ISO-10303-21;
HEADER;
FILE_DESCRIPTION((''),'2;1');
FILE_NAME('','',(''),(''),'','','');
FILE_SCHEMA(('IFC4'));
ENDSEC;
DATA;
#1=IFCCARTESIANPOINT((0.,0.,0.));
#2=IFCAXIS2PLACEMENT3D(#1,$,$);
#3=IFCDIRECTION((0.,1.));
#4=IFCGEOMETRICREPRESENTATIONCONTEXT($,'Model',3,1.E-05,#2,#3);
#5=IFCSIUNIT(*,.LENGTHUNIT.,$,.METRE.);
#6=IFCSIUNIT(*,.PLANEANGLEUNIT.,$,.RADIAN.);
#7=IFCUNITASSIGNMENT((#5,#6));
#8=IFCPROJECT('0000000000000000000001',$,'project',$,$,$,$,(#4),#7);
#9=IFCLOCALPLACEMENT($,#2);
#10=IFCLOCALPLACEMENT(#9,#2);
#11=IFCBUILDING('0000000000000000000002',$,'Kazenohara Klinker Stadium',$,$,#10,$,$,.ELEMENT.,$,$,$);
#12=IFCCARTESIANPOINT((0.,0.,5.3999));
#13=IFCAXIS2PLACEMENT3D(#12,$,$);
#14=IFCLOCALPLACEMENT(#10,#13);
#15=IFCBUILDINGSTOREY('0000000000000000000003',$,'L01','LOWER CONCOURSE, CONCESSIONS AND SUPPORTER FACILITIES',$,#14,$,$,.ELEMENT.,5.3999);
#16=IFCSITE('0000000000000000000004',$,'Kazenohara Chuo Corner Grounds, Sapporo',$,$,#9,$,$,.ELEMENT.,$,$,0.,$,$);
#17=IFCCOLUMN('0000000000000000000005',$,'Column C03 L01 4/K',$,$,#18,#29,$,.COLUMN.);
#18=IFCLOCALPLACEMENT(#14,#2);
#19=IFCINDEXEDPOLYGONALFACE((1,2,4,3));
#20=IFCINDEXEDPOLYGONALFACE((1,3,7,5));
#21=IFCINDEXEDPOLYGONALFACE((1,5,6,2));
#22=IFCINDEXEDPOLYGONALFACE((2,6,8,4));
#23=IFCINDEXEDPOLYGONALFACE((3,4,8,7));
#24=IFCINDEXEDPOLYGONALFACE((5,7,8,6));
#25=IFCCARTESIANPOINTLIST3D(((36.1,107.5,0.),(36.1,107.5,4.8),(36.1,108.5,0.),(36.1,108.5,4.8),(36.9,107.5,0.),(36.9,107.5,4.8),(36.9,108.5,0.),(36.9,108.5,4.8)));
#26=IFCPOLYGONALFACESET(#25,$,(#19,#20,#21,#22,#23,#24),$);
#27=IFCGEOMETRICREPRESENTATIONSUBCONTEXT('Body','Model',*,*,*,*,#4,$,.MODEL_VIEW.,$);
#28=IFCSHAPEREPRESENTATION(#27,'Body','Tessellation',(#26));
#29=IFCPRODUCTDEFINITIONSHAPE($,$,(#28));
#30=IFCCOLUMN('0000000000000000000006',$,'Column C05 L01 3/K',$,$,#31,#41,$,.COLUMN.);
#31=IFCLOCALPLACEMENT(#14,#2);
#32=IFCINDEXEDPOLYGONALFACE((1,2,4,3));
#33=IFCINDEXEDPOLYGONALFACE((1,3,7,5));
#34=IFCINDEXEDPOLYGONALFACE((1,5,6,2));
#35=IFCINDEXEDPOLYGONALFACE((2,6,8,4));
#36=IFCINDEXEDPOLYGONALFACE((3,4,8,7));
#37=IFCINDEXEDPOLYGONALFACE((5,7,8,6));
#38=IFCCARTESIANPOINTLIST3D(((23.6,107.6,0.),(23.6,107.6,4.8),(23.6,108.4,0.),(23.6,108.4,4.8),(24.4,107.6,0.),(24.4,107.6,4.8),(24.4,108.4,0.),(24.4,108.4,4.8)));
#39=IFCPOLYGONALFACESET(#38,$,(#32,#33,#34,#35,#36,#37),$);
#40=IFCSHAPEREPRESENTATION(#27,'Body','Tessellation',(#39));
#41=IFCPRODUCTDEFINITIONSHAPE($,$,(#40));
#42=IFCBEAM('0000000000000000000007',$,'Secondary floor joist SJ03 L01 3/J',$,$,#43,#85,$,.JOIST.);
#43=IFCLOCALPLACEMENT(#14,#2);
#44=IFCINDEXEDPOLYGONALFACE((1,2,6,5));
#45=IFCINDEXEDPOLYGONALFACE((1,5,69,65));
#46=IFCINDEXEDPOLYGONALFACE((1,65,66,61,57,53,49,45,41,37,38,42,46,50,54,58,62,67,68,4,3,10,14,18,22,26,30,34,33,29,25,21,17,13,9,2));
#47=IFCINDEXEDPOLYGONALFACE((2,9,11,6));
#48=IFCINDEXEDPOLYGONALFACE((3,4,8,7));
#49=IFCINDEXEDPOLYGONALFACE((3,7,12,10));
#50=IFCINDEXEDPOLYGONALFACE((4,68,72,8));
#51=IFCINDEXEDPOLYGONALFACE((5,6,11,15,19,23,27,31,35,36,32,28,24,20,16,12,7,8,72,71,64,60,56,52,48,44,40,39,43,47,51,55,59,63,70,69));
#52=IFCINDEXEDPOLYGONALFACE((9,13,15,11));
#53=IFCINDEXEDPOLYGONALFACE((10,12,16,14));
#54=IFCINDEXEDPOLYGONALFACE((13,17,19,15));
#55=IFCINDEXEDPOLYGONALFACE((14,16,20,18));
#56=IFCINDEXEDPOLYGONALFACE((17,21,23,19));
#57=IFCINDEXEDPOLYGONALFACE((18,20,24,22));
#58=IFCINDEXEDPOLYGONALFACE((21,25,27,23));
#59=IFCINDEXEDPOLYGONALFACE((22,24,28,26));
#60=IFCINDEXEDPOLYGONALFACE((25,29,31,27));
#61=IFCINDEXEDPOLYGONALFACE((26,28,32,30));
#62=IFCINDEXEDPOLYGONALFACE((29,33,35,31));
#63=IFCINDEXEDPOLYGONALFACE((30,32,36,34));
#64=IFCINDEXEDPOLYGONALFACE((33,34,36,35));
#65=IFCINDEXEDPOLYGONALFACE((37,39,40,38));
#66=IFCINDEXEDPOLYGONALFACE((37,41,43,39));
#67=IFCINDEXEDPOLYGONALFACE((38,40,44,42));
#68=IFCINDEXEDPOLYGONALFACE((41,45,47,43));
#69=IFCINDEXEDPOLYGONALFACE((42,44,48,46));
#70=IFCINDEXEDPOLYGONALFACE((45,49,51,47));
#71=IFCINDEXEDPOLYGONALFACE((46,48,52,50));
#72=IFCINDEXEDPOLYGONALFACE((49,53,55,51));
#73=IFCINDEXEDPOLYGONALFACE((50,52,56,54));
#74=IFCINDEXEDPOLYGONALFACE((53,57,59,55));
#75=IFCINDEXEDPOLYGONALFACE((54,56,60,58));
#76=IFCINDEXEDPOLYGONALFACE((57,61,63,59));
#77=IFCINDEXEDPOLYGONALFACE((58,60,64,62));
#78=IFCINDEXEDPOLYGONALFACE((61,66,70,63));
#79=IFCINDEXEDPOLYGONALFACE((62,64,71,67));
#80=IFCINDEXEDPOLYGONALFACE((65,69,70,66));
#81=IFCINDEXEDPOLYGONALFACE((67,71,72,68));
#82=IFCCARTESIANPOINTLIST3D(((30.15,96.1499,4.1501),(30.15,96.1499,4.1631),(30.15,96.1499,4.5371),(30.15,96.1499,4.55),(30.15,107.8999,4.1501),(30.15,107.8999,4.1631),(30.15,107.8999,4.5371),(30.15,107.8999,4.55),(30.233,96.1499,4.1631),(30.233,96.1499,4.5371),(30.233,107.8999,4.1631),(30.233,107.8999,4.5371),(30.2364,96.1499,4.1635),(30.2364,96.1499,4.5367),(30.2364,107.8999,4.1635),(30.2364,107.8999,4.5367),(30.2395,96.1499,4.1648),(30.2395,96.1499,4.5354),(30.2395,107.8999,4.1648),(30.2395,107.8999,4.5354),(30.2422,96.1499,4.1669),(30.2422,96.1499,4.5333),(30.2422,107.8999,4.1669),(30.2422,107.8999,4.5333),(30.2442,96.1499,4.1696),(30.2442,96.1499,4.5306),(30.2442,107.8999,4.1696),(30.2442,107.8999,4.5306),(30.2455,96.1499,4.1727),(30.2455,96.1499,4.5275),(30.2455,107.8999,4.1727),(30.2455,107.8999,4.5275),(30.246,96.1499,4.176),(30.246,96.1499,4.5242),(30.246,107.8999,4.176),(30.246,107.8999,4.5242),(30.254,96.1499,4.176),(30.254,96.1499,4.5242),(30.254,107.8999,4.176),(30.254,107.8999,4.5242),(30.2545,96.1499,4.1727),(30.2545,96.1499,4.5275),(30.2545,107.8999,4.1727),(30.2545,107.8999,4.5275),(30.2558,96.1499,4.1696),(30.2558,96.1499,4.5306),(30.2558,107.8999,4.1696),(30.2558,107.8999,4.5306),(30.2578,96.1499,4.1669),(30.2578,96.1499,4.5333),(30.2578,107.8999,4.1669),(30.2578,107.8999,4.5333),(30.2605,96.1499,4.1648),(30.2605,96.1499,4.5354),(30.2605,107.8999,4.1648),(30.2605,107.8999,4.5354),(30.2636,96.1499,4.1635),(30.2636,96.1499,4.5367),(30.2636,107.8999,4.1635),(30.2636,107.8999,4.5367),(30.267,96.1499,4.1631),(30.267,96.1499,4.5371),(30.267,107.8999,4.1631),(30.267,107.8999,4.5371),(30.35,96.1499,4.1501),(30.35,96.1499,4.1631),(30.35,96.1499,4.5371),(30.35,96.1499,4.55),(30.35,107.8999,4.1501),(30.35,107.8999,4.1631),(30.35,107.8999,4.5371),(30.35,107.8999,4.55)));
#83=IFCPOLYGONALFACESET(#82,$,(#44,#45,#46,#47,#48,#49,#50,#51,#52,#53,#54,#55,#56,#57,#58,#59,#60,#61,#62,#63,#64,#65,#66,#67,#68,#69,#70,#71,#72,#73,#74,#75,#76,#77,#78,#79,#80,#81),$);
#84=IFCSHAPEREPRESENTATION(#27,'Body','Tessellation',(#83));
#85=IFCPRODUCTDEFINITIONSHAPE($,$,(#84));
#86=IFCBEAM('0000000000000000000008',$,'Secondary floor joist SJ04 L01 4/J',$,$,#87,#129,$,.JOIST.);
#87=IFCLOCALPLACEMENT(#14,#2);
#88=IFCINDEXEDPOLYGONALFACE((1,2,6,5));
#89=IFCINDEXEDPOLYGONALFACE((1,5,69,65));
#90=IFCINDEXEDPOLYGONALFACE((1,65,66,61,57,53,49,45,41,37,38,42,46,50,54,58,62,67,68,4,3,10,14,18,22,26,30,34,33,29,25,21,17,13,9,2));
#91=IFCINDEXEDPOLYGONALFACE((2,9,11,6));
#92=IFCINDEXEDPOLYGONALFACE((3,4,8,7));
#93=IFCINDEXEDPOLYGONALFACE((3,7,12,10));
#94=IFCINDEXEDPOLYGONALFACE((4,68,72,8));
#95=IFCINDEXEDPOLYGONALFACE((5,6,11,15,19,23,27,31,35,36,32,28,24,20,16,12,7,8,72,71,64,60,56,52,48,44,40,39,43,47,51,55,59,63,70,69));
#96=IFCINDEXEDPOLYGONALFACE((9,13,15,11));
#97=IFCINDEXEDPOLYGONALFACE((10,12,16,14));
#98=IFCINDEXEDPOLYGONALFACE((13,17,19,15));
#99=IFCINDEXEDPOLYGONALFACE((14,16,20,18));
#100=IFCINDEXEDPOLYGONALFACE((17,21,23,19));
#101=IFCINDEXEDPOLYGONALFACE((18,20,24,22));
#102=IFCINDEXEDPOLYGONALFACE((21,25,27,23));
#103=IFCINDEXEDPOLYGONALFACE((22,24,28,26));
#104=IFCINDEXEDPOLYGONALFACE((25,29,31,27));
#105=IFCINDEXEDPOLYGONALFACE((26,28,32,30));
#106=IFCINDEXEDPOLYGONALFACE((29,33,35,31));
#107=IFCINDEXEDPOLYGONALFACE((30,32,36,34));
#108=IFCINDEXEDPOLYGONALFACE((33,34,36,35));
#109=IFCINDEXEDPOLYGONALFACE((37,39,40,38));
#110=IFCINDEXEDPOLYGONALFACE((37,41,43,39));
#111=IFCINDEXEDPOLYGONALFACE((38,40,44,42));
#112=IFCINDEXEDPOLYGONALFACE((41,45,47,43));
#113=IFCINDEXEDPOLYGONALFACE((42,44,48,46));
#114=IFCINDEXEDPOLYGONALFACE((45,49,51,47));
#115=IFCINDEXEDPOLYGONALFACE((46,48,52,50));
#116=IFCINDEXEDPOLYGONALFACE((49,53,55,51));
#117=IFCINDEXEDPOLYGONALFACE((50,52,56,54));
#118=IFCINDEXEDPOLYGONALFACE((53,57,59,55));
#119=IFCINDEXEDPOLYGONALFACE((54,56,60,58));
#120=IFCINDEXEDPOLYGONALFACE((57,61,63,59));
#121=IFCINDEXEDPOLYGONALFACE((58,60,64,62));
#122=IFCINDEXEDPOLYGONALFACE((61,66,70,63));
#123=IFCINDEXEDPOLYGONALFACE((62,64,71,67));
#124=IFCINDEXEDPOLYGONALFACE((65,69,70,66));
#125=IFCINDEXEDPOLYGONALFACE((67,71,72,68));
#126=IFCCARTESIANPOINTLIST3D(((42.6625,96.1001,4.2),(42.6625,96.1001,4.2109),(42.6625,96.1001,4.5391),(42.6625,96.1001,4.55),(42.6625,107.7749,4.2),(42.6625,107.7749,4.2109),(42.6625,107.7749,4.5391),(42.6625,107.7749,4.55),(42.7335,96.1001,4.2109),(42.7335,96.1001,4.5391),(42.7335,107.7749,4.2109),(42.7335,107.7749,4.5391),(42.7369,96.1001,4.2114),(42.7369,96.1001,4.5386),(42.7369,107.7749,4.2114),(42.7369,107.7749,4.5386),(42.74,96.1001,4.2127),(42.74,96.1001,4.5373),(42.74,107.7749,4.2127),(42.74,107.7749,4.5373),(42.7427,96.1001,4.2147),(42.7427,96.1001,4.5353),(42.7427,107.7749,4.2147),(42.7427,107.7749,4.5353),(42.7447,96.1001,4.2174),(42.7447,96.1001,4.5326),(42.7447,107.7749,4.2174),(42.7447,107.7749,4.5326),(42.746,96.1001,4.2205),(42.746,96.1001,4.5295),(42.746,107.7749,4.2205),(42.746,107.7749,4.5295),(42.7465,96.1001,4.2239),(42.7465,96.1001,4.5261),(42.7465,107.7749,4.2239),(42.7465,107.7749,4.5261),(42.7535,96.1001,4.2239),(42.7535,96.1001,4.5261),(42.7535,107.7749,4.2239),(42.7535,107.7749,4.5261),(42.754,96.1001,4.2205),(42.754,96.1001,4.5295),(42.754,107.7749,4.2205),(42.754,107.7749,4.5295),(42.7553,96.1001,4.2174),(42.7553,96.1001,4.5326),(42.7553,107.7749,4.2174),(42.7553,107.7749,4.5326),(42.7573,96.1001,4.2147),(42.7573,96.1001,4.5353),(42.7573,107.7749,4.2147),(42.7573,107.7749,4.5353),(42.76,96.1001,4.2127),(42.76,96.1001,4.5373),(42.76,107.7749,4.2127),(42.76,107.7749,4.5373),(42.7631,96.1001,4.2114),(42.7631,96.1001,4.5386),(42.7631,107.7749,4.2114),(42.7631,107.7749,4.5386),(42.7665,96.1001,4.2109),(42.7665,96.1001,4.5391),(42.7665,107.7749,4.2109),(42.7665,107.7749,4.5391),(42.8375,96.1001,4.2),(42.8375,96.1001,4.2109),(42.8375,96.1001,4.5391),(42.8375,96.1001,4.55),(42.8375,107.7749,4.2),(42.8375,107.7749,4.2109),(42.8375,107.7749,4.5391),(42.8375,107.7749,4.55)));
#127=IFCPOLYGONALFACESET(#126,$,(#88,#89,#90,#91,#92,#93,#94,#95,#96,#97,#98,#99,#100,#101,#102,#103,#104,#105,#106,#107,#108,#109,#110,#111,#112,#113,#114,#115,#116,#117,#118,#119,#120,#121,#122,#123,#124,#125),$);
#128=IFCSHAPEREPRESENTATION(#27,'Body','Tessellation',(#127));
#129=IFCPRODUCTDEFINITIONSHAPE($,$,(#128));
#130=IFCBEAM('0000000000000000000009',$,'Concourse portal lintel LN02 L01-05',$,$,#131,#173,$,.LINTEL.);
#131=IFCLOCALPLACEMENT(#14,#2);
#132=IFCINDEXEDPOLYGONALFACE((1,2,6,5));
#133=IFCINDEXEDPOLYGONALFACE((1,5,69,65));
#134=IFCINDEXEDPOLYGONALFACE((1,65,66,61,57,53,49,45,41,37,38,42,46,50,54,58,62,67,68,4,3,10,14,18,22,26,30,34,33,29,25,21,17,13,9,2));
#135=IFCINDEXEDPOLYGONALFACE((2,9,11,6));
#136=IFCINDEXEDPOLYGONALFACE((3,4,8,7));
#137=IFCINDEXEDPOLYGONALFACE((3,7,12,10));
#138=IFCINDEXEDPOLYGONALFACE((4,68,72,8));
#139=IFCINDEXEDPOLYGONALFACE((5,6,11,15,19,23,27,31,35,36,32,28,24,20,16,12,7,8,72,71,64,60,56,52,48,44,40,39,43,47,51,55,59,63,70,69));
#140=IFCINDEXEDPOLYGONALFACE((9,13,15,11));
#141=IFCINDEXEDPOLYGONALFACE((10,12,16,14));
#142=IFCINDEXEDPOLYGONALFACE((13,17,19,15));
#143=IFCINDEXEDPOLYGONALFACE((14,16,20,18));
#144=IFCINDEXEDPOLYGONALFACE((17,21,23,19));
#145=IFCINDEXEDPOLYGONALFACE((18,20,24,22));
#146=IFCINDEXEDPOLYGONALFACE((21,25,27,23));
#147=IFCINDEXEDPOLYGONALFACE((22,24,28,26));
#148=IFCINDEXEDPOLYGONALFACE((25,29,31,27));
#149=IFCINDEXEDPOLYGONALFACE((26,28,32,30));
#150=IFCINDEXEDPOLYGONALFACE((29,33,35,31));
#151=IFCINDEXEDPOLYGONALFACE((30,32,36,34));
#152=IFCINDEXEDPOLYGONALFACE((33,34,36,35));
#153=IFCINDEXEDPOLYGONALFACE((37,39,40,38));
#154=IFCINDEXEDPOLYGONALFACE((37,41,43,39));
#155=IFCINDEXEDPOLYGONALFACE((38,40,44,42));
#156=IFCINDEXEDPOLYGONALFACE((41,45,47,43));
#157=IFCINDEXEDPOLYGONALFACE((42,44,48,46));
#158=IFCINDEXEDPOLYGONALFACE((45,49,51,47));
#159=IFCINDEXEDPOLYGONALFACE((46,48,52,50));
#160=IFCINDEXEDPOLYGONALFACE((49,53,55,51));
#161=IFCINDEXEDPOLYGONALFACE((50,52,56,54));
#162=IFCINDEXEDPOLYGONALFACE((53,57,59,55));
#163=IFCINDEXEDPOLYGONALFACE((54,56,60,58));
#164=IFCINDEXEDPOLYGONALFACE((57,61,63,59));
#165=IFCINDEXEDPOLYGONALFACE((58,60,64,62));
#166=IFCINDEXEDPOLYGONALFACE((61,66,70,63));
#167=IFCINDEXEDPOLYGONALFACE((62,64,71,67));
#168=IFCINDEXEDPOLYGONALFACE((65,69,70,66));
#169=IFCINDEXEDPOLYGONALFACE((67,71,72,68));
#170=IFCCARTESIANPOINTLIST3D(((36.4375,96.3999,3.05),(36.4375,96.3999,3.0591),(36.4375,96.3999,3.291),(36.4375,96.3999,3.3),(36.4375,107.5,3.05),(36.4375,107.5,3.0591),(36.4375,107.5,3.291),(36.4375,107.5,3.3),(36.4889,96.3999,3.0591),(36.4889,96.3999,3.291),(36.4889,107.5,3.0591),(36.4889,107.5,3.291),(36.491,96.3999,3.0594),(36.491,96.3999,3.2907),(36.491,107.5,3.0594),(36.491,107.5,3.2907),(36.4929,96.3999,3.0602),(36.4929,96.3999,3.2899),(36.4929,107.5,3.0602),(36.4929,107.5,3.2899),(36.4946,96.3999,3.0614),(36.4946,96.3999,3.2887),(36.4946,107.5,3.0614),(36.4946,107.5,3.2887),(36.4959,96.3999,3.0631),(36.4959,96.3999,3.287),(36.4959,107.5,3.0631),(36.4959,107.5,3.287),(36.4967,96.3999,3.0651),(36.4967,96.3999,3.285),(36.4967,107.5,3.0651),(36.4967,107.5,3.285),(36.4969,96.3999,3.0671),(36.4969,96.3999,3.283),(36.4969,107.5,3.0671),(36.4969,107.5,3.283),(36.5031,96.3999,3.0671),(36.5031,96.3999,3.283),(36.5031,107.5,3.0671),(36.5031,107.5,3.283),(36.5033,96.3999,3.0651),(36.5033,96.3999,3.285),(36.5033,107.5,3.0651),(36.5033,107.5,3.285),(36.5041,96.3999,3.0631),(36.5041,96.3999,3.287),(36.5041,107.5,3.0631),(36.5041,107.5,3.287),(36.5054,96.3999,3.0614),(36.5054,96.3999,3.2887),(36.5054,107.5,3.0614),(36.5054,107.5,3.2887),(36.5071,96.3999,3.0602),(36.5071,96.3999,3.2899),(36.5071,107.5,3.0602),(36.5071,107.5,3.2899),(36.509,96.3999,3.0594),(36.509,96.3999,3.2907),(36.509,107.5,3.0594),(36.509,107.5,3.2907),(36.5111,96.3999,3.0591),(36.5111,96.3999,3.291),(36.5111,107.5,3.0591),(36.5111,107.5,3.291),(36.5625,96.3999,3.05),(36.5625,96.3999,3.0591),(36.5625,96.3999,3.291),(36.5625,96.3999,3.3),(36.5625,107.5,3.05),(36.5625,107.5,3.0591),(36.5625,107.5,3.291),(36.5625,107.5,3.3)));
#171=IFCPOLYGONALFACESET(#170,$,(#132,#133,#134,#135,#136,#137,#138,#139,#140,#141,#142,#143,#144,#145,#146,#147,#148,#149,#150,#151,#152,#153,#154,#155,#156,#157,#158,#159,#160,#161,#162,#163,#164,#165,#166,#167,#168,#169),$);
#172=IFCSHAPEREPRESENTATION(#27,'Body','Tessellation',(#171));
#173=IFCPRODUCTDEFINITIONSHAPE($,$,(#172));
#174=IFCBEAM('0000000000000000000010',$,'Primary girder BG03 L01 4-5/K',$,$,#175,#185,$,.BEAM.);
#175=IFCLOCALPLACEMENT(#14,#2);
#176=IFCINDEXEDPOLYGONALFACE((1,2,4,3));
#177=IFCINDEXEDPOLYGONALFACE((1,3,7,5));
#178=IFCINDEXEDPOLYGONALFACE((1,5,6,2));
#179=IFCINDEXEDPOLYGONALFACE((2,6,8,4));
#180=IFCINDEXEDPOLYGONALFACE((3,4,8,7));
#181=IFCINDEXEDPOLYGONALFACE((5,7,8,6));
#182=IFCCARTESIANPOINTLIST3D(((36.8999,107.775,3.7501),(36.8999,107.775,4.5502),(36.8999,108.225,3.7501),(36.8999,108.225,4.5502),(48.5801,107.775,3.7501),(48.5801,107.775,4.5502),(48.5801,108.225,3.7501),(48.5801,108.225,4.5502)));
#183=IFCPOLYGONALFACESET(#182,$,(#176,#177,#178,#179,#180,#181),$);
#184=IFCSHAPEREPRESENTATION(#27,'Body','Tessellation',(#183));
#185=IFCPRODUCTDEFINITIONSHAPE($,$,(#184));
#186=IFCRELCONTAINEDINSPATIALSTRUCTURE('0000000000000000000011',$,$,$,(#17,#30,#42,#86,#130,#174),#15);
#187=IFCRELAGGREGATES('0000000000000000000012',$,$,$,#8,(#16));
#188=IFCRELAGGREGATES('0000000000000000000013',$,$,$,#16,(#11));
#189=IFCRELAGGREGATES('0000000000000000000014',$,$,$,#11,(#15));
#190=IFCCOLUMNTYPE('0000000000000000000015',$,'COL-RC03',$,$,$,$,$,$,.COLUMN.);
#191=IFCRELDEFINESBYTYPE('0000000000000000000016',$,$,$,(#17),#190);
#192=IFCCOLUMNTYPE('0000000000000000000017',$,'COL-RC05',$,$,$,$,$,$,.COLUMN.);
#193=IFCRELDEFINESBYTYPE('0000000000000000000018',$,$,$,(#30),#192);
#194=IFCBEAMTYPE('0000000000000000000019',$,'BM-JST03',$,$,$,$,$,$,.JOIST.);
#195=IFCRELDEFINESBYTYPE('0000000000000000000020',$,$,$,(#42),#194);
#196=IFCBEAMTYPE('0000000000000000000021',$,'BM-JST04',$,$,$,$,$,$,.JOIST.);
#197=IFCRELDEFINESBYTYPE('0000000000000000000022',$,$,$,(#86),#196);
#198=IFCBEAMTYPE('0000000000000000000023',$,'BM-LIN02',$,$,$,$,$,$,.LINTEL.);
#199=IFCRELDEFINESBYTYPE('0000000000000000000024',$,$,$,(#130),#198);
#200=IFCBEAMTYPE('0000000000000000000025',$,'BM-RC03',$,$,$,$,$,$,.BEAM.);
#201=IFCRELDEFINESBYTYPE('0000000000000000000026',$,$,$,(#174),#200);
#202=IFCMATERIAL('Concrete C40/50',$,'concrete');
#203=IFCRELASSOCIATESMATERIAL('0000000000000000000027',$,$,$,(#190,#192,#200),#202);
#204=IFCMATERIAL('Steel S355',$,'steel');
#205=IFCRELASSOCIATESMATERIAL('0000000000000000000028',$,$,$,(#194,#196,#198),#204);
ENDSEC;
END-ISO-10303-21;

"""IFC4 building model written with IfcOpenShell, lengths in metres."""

from ifc_helpers import new_model, si_unit, direction, frame, origin, origin_2d, place, context, subcontext, project, spatial, rectangle, i_section, extrude, material, material_profile, profile_set, type_object, element, save


model = new_model("IFC4")

# Units and contexts
model_context = context("Model", 3, precision=1e-05, world=origin(), true_north=direction((0.0, 1.0)))
body_context = subcontext(model_context, "Body", "Model", "MODEL_VIEW")
ifc_project = project(units=[si_unit("LENGTHUNIT", "METRE"), si_unit("PLANEANGLEUNIT", "RADIAN")], contexts=[model_context])

# Site, building, storey
site_placement = place(None, origin())
site = spatial("IfcSite", under=ifc_project, at=site_placement, Name="Kazenohara Chuo Corner Grounds, Sapporo", CompositionType="ELEMENT", RefElevation=0.0)
building_placement = place(site_placement, origin())
building = spatial("IfcBuilding", under=site, at=building_placement, Name="Kazenohara Klinker Stadium", CompositionType="ELEMENT")
storey_placement = place(building_placement, frame((0.0, 0.0, 5.3999)))
storey = spatial("IfcBuildingStorey", under=building, at=storey_placement, Name="L01", Description="LOWER CONCOURSE, CONCESSIONS AND SUPPORTER FACILITIES", CompositionType="ELEMENT", Elevation=5.3999)

# Columns
ifc_material_1 = material(Name="Concrete C40/50", Category="concrete")
ifc_material_profile_1 = material_profile(ifc_material_1, rectangle(XDim=0.8, YDim=1.0, at=origin_2d()), Name="RC-COL-1000x800")
ifc_profile_set_1 = profile_set([ifc_material_profile_1], Name="Concrete C40/50")
column_type_1 = type_object("IfcColumnType", Name="COL-RC03", PredefinedType="COLUMN", material=ifc_profile_set_1)
column_1_placement = place(storey_placement, frame((36.5, 108.0, 0.0), z_axis=(0.0, 0.0, 1.0), x_axis=(1.0, 0.0, 0.0)))
element("IfcColumn", 1, at=column_1_placement, inside=storey, type_object=column_type_1, Name="Column C03 L01 4/K", PredefinedType="COLUMN", context=body_context, shape_type="SweptSolid", body=[
    extrude(rectangle(XDim=0.8, YDim=1.0, at=origin_2d()), origin(), (0.0, 0.0, 1.0), 4.8),
])
ifc_material_profile_2 = material_profile(ifc_material_1, rectangle(XDim=0.8, YDim=0.8, at=origin_2d()), Name="RC-COL-800x800")
ifc_profile_set_2 = profile_set([ifc_material_profile_2], Name="Concrete C40/50")
column_type_2 = type_object("IfcColumnType", Name="COL-RC05", PredefinedType="COLUMN", material=ifc_profile_set_2)
column_2_placement = place(storey_placement, frame((24.0, 108.0, 0.0), z_axis=(0.0, 0.0, 1.0), x_axis=(1.0, 0.0, 0.0)))
element("IfcColumn", 2, at=column_2_placement, inside=storey, type_object=column_type_2, Name="Column C05 L01 3/K", PredefinedType="COLUMN", context=body_context, shape_type="SweptSolid", body=[
    extrude(rectangle(XDim=0.8, YDim=0.8, at=origin_2d()), origin(), (0.0, 0.0, 1.0), 4.8),
])

# Beams
ifc_material_2 = material(Name="Steel S355", Category="steel")
ifc_material_profile_3 = material_profile(ifc_material_2, i_section(OverallWidth=0.2, OverallDepth=0.3999, WebThickness=0.0081, FlangeThickness=0.0129, FilletRadius=0.0129, at=origin_2d()), Name="H-400x200x8x13")
ifc_profile_set_3 = profile_set([ifc_material_profile_3], Name="Steel S355")
beam_type_1 = type_object("IfcBeamType", Name="BM-JST03", PredefinedType="JOIST", material=ifc_profile_set_3)
beam_1_placement = place(storey_placement, frame((30.25, 96.1499, 4.3501), z_axis=(0.0, 1.0, 0.0), x_axis=(-1.0, 0.0, 0.0)))
element("IfcBeam", 3, at=beam_1_placement, inside=storey, type_object=beam_type_1, Name="Secondary floor joist SJ03 L01 3/J", PredefinedType="JOIST", context=body_context, shape_type="SweptSolid", body=[
    extrude(i_section(OverallWidth=0.2, OverallDepth=0.3999, WebThickness=0.0081, FlangeThickness=0.0129, FilletRadius=0.0129, at=origin_2d()), origin(), (0.0, 0.0, 1.0), 11.75),
])
ifc_material_profile_4 = material_profile(ifc_material_2, i_section(OverallWidth=0.175, OverallDepth=0.3501, WebThickness=0.0071, FlangeThickness=0.011, FilletRadius=0.0129, at=origin_2d()), Name="H-350x175x7x11")
ifc_profile_set_4 = profile_set([ifc_material_profile_4], Name="Steel S355")
beam_type_2 = type_object("IfcBeamType", Name="BM-JST04", PredefinedType="JOIST", material=ifc_profile_set_4)
beam_2_placement = place(storey_placement, frame((42.75, 96.1001, 4.375), z_axis=(0.0, 1.0, 0.0), x_axis=(-1.0, 0.0, 0.0)))
element("IfcBeam", 4, at=beam_2_placement, inside=storey, type_object=beam_type_2, Name="Secondary floor joist SJ04 L01 4/J", PredefinedType="JOIST", context=body_context, shape_type="SweptSolid", body=[
    extrude(i_section(OverallWidth=0.175, OverallDepth=0.3501, WebThickness=0.0071, FlangeThickness=0.011, FilletRadius=0.0129, at=origin_2d()), origin(), (0.0, 0.0, 1.0), 11.6748),
])
ifc_material_profile_5 = material_profile(ifc_material_2, i_section(OverallWidth=0.125, OverallDepth=0.25, WebThickness=0.0061, FlangeThickness=0.009, FilletRadius=0.0081, at=origin_2d()), Name="H-250x125x6x9")
ifc_profile_set_5 = profile_set([ifc_material_profile_5], Name="Steel S355")
beam_type_3 = type_object("IfcBeamType", Name="BM-LIN02", PredefinedType="LINTEL", material=ifc_profile_set_5)
beam_3_placement = place(storey_placement, frame((36.5, 96.3999, 3.175), z_axis=(0.0, 1.0, 0.0), x_axis=(-1.0, 0.0, 0.0)))
element("IfcBeam", 5, at=beam_3_placement, inside=storey, type_object=beam_type_3, Name="Concourse portal lintel LN02 L01-05", PredefinedType="LINTEL", context=body_context, shape_type="SweptSolid", body=[
    extrude(i_section(OverallWidth=0.125, OverallDepth=0.25, WebThickness=0.0061, FlangeThickness=0.009, FilletRadius=0.0081, at=origin_2d()), origin(), (0.0, 0.0, 1.0), 11.1001),
])
ifc_material_profile_6 = material_profile(ifc_material_1, rectangle(XDim=0.45, YDim=0.8, at=origin_2d()), Name="RC-BM-450x800")
ifc_profile_set_6 = profile_set([ifc_material_profile_6], Name="Concrete C40/50")
beam_type_4 = type_object("IfcBeamType", Name="BM-RC03", PredefinedType="BEAM", material=ifc_profile_set_6)
beam_4_placement = place(storey_placement, frame((36.8999, 108.0, 4.1501), z_axis=(1.0, 0.0, 0.0), x_axis=(0.0, 1.0, 0.0)))
element("IfcBeam", 6, at=beam_4_placement, inside=storey, type_object=beam_type_4, Name="Primary girder BG03 L01 4-5/K", PredefinedType="BEAM", context=body_context, shape_type="SweptSolid", body=[
    extrude(rectangle(XDim=0.45, YDim=0.8, at=origin_2d()), origin(), (0.0, 0.0, 1.0), 11.6802),
])

save(model, "model.ifc")
